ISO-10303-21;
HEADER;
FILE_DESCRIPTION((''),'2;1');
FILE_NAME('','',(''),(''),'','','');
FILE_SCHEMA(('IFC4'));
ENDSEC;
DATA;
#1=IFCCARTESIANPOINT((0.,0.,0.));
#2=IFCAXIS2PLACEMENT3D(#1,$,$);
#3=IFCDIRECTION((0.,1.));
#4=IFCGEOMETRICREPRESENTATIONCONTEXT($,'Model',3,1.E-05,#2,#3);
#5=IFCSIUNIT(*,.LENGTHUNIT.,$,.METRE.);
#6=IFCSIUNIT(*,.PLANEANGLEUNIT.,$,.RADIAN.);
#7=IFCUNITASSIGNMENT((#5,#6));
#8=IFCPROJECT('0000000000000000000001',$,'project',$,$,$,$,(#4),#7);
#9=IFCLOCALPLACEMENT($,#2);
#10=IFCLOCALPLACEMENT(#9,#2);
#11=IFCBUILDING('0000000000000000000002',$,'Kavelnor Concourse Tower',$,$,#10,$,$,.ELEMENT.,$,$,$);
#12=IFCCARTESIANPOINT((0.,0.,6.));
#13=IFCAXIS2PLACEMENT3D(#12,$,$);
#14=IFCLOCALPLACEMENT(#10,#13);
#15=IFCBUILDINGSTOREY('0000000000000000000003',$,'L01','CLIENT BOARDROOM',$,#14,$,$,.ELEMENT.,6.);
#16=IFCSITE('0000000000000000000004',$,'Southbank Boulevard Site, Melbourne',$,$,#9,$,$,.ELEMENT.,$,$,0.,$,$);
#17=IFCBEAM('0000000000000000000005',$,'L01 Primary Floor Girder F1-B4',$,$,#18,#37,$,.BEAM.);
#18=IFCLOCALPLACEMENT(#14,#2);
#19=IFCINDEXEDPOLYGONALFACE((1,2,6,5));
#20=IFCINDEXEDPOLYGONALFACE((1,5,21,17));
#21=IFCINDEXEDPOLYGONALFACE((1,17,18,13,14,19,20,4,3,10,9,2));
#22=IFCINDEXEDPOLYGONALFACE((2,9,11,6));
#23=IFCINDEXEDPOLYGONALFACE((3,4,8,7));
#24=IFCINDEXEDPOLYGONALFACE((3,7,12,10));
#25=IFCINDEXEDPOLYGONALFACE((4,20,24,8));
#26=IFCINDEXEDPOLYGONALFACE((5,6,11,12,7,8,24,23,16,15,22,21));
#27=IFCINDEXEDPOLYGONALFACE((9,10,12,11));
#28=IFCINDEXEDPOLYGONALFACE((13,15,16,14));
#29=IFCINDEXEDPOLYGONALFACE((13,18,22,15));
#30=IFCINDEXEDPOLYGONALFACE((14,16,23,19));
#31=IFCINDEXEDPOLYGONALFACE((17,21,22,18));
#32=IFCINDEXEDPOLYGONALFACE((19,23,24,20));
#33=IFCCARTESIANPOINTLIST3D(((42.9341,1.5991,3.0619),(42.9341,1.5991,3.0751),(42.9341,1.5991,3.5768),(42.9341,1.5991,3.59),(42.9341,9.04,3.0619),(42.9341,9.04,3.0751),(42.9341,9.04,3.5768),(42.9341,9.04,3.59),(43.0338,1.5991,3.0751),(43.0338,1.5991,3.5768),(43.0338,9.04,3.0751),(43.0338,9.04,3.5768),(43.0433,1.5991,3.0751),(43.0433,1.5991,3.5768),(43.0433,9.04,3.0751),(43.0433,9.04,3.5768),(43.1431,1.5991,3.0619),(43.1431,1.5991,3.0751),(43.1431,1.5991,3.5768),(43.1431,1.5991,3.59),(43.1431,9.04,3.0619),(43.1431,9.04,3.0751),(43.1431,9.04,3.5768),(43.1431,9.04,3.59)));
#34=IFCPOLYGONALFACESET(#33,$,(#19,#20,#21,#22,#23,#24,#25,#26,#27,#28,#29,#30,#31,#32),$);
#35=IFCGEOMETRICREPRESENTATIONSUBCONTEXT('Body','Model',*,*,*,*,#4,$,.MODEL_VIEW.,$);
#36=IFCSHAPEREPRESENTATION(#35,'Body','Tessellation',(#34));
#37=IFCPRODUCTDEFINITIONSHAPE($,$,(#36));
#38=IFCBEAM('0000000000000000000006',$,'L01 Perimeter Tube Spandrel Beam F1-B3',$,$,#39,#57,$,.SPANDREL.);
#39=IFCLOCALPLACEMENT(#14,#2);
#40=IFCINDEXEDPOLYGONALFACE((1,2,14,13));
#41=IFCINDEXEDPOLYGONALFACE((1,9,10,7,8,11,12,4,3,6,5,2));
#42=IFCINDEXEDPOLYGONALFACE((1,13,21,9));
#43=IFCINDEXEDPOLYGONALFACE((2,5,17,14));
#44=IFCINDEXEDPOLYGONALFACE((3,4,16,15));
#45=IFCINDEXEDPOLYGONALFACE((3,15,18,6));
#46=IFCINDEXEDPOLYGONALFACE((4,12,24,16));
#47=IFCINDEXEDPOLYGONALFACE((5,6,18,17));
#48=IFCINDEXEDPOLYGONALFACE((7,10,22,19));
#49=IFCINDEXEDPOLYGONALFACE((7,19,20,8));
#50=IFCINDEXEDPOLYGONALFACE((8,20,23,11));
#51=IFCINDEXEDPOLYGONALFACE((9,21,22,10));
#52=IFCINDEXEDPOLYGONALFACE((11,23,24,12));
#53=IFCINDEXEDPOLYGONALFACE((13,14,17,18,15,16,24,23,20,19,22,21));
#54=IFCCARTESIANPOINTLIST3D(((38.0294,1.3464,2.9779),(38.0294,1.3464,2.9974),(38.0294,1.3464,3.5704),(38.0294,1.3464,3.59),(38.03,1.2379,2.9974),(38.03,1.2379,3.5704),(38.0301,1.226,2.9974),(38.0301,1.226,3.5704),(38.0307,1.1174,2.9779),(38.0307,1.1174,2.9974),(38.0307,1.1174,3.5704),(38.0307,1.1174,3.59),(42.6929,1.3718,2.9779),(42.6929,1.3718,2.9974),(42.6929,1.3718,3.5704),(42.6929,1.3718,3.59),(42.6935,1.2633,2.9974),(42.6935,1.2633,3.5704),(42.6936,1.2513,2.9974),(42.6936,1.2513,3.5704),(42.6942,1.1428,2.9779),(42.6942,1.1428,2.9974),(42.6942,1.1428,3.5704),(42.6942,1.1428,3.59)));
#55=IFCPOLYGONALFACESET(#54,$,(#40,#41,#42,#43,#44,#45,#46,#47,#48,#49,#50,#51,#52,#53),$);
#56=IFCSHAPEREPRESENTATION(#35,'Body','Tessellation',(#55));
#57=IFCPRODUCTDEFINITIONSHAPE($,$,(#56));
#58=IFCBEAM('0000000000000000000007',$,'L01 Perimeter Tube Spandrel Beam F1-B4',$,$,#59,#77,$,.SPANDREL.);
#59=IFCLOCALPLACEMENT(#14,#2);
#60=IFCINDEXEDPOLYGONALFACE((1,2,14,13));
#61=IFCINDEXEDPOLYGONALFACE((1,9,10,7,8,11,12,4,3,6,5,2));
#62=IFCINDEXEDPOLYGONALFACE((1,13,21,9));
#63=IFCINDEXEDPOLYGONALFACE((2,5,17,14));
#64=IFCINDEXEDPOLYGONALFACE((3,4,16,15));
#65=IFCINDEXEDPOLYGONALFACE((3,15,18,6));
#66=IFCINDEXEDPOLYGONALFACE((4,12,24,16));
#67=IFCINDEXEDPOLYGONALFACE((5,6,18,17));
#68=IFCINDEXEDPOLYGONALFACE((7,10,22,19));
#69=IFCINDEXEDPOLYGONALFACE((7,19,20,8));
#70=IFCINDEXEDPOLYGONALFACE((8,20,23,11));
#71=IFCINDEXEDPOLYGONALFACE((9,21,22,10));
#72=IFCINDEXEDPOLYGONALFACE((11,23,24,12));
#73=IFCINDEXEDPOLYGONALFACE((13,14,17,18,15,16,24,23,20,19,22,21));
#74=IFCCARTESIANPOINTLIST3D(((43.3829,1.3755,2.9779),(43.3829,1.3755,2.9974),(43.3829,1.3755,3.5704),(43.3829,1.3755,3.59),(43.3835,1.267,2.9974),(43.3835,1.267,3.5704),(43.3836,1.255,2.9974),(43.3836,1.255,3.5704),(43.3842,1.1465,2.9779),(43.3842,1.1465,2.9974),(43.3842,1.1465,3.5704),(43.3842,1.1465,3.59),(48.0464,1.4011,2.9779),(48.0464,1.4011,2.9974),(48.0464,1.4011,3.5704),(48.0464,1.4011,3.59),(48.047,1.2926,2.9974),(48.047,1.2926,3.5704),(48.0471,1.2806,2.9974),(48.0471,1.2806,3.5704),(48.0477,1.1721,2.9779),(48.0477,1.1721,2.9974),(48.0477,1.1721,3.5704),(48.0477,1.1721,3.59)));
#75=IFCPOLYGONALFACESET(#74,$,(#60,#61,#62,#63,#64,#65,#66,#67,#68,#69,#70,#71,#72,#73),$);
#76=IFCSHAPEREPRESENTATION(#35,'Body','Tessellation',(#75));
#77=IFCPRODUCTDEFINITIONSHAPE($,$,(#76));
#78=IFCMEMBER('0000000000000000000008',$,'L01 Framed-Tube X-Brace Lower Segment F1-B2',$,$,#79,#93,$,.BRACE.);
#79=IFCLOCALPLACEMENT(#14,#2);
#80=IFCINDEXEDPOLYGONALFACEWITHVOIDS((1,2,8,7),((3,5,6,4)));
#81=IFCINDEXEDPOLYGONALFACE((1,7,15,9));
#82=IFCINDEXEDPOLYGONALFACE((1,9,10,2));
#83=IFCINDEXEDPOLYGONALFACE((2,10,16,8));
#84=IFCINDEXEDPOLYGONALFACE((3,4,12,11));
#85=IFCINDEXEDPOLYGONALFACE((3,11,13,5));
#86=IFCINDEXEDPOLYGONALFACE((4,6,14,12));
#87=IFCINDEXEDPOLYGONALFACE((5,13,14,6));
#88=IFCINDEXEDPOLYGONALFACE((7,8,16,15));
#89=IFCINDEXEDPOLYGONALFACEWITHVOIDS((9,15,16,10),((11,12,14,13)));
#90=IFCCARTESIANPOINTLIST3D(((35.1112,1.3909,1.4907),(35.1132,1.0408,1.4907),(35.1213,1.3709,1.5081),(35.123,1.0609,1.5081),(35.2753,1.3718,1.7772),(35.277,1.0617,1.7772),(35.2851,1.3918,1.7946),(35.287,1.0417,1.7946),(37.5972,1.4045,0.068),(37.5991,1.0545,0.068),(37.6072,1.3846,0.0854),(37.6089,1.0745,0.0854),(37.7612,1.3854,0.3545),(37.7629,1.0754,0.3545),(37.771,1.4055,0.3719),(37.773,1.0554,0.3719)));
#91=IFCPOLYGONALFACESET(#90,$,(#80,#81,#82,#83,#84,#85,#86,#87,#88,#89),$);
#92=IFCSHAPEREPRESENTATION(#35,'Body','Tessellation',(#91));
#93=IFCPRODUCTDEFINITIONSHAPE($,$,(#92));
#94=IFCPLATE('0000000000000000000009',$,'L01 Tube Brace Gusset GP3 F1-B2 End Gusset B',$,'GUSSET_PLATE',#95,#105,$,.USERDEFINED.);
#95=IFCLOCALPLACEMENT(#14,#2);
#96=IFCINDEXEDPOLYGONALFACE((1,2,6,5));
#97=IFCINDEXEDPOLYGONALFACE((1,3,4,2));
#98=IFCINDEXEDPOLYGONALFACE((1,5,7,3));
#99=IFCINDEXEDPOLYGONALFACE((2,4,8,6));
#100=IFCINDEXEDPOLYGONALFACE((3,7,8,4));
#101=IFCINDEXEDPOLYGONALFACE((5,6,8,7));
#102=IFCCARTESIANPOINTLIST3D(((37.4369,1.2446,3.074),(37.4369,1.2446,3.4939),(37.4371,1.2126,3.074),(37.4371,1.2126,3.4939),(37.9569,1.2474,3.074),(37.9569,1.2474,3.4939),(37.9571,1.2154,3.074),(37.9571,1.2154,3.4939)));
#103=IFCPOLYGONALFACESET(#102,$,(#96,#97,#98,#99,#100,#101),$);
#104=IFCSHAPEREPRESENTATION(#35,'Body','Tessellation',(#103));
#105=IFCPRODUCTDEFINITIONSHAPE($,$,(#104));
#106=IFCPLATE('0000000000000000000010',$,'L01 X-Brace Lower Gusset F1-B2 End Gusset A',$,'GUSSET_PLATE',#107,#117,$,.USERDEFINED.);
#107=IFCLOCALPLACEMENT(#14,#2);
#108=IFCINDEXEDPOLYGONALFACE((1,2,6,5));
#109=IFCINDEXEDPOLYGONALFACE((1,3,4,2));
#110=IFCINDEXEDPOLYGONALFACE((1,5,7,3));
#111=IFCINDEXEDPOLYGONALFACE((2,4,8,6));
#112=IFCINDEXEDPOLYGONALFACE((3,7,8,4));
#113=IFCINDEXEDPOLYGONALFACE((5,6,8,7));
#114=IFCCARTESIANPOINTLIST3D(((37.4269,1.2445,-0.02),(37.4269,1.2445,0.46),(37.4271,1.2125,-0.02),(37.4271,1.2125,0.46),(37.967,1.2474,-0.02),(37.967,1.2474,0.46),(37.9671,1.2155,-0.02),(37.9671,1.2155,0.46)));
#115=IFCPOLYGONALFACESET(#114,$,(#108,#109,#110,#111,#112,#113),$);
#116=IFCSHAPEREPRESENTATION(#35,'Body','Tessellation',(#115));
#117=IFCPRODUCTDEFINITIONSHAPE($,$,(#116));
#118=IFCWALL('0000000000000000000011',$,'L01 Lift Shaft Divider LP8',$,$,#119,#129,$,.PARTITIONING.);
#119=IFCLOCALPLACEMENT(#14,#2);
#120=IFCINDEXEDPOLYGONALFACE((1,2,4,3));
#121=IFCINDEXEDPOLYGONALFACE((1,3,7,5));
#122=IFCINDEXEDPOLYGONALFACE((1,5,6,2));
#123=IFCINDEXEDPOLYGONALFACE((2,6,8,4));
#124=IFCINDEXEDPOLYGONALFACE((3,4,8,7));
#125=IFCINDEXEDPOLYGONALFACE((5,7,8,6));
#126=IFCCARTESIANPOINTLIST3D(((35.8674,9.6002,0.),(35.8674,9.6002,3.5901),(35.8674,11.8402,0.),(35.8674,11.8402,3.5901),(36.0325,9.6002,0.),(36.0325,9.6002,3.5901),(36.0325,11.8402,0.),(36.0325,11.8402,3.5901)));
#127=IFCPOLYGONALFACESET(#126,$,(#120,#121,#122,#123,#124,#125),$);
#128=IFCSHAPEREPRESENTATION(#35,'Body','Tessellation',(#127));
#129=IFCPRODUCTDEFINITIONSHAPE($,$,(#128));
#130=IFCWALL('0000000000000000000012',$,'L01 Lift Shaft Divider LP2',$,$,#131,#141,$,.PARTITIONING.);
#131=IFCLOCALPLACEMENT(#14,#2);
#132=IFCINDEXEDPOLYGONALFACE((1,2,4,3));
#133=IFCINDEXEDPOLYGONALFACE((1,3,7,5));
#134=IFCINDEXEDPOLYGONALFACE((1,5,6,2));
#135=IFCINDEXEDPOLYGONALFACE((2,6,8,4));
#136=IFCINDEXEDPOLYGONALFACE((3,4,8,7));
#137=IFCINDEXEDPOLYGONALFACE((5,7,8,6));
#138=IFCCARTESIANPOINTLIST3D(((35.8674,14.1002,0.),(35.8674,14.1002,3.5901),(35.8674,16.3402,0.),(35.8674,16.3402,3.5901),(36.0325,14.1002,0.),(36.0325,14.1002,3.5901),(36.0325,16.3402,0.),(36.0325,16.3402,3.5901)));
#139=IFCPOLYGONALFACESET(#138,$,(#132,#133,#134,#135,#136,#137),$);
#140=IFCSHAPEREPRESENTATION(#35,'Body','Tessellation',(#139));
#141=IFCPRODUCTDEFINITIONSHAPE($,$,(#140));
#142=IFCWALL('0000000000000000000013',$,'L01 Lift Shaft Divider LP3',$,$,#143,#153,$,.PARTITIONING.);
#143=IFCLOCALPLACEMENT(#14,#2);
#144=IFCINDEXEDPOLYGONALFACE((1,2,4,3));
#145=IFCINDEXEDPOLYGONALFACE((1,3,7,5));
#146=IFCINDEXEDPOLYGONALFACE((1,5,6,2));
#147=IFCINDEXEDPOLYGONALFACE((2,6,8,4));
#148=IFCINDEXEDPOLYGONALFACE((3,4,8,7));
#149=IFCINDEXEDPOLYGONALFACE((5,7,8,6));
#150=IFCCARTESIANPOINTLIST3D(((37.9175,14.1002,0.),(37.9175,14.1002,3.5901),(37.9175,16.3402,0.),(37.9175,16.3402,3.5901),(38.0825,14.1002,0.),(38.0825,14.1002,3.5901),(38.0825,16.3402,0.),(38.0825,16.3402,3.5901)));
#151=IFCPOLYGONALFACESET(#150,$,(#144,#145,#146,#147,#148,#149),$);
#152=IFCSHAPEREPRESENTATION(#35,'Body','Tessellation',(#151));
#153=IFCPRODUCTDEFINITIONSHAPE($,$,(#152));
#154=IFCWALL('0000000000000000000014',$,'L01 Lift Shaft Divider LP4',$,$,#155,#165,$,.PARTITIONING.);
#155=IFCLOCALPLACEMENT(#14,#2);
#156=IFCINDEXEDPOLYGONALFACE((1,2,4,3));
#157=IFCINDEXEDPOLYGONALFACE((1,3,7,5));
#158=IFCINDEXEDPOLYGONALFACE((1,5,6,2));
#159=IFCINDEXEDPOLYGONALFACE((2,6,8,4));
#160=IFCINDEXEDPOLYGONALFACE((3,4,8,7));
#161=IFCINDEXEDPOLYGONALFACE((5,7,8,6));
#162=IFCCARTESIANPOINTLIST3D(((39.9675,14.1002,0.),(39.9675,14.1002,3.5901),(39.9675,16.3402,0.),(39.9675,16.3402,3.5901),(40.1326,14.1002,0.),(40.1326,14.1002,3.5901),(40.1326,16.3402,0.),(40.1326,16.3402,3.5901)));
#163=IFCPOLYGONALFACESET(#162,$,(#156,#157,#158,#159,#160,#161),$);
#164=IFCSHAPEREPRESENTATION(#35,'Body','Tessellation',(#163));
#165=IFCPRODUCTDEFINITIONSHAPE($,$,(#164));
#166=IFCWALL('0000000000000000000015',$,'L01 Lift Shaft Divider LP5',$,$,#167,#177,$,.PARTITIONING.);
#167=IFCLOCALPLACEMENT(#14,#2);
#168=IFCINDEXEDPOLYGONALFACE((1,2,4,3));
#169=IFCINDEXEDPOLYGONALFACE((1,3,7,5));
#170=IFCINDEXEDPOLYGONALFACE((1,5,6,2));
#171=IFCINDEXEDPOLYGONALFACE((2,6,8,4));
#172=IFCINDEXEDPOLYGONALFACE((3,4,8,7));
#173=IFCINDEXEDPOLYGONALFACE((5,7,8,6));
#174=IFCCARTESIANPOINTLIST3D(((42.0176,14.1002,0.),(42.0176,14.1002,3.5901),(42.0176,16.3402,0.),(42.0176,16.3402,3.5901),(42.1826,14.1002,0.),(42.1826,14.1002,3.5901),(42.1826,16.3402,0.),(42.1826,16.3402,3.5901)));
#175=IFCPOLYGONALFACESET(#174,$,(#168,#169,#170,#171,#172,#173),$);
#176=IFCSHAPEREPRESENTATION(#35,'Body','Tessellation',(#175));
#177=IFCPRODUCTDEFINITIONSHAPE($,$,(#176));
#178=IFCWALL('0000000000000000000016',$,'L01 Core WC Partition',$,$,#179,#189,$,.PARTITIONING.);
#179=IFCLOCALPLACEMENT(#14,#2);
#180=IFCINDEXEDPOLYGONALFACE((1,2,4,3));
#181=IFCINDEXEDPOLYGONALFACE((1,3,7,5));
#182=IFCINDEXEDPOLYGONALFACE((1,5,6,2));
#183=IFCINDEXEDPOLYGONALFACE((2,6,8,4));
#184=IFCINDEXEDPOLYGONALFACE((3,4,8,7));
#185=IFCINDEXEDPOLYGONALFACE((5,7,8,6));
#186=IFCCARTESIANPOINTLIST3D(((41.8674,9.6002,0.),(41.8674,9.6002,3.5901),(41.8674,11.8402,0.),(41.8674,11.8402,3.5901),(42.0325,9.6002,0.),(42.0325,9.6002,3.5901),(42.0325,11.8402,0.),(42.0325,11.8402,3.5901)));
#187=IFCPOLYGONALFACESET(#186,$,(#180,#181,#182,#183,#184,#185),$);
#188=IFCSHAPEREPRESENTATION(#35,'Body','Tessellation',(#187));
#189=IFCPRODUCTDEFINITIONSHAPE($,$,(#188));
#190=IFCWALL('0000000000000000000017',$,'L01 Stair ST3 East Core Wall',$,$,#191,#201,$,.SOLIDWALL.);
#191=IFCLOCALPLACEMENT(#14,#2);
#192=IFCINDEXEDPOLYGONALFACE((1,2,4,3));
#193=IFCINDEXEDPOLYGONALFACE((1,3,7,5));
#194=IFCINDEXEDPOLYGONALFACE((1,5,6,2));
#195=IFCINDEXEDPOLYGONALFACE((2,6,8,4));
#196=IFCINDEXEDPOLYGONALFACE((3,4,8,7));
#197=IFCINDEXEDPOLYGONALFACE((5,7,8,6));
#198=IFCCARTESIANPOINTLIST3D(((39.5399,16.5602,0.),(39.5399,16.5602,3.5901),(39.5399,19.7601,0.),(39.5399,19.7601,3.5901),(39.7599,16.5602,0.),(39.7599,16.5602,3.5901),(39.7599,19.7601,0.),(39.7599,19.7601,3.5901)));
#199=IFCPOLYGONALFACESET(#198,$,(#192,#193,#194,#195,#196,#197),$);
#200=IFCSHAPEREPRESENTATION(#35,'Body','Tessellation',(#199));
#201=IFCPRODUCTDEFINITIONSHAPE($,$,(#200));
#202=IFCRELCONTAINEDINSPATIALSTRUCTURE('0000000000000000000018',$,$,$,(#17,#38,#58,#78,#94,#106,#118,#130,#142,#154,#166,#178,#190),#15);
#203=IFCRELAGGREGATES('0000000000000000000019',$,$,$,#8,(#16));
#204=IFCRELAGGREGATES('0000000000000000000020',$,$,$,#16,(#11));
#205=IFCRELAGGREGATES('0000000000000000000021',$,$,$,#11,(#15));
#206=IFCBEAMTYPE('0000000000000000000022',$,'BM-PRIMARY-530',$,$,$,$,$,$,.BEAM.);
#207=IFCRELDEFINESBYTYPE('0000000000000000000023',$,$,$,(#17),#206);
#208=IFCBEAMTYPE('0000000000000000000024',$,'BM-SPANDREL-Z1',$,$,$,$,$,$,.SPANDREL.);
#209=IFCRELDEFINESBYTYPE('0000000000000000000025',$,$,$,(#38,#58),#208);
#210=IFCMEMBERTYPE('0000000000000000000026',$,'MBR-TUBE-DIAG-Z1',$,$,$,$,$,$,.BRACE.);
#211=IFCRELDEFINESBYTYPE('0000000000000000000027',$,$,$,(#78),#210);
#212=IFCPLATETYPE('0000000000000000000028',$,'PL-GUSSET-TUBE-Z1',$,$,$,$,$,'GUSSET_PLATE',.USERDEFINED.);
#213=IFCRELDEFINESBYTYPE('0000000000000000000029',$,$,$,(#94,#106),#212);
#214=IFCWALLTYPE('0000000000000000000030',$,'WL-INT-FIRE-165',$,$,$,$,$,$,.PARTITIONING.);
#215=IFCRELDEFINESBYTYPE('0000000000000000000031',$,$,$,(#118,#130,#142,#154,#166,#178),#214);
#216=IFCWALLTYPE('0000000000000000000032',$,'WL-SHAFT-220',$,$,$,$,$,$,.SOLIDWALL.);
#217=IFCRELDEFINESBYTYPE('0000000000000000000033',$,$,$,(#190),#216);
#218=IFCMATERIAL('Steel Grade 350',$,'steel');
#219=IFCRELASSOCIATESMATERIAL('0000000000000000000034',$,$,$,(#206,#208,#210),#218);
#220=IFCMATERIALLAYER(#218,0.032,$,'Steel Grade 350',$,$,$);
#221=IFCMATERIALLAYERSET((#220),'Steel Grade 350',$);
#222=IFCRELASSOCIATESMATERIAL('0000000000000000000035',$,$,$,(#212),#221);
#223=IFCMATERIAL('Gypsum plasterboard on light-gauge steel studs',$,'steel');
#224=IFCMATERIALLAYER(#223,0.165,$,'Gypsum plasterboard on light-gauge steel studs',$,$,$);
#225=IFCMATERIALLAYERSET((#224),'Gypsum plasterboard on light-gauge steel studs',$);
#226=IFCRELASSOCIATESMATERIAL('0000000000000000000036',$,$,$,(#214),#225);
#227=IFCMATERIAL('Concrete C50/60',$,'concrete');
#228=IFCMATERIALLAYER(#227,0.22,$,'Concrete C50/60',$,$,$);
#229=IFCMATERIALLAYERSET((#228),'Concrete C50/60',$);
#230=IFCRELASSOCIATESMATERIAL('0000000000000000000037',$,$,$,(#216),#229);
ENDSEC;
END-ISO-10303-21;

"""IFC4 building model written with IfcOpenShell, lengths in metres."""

from ifc_helpers import new_model, si_unit, direction, frame, frame_2d, origin, origin_2d, place, context, subcontext, project, spatial, rectangle, hollow_rectangle, i_section, extrude, material, layer, layer_set, material_profile, profile_set, type_object, element, save


model = new_model("IFC4")

# Units and contexts
model_context = context("Model", 3, precision=1e-05, world=origin(), true_north=direction((0.0, 1.0)))
body_context = subcontext(model_context, "Body", "Model", "MODEL_VIEW")
ifc_project = project(units=[si_unit("LENGTHUNIT", "METRE"), si_unit("PLANEANGLEUNIT", "RADIAN")], contexts=[model_context])

# Site, building, storey
site_placement = place(None, origin())
site = spatial("IfcSite", under=ifc_project, at=site_placement, Name="Southbank Boulevard Site, Melbourne", CompositionType="ELEMENT", RefElevation=0.0)
building_placement = place(site_placement, origin())
building = spatial("IfcBuilding", under=site, at=building_placement, Name="Kavelnor Concourse Tower", CompositionType="ELEMENT")
storey_placement = place(building_placement, frame((0.0, 0.0, 6.0)))
storey = spatial("IfcBuildingStorey", under=building, at=storey_placement, Name="L01", Description="CLIENT BOARDROOM", CompositionType="ELEMENT", Elevation=6.0)

# Shared definitions
ifc_material_1 = material(Name="Steel Grade 350", Category="steel")

# Beams
ifc_material_profile_1 = material_profile(ifc_material_1, i_section(OverallWidth=0.209, OverallDepth=0.5281, WebThickness=0.0095, FlangeThickness=0.0132, at=origin_2d()), Name="530UB82")
ifc_profile_set_1 = profile_set([ifc_material_profile_1], Name="Steel Grade 350")
beam_type_1 = type_object("IfcBeamType", Name="BM-PRIMARY-530", PredefinedType="BEAM", material=ifc_profile_set_1)
beam_1_placement = place(storey_placement, frame((43.0386, 9.04, 3.3259), z_axis=(0.0, -1.0, 0.0), x_axis=(1.0, 0.0, 0.0)))
element("IfcBeam", 1, at=beam_1_placement, inside=storey, type_object=beam_type_1, Name="L01 Primary Floor Girder F1-B4", PredefinedType="BEAM", context=body_context, shape_type="SweptSolid", body=[
    extrude(i_section(OverallWidth=0.209, OverallDepth=0.5281, WebThickness=0.0095, FlangeThickness=0.0132, at=origin_2d()), origin(), (0.0, 0.0, 1.0), 7.4409),
])
ifc_material_profile_2 = material_profile(ifc_material_1, i_section(OverallWidth=0.229, OverallDepth=0.6121, WebThickness=0.012, FlangeThickness=0.0195, at=origin_2d()), Name="610UB125")
ifc_profile_set_2 = profile_set([ifc_material_profile_2], Name="Steel Grade 350")
beam_type_2 = type_object("IfcBeamType", Name="BM-SPANDREL-Z1", PredefinedType="SPANDREL", material=ifc_profile_set_2)
for number, where, z_axis, x_axis, name in (
    (2, (38.03, 1.2319, 3.2839), (0.999985, 0.005444, 0.0), (-0.005444, 0.999985, 0.0), "L01 Perimeter Tube Spandrel Beam F1-B3"),
    (3, (43.3835, 1.261, 3.2839), (0.999985, 0.005497, 0.0), (-0.005497, 0.999985, 0.0), "L01 Perimeter Tube Spandrel Beam F1-B4"),
):
    element("IfcBeam", number, at=place(storey_placement, frame(where, z_axis=z_axis, x_axis=x_axis)), inside=storey, type_object=beam_type_2, Name=name, PredefinedType="SPANDREL", context=body_context, shape_type="SweptSolid", body=[
        extrude(i_section(OverallWidth=0.229, OverallDepth=0.6121, WebThickness=0.012, FlangeThickness=0.0195, at=origin_2d()), origin(), (0.0, 0.0, 1.0), 4.6636),
    ])

# Member
ifc_material_profile_3 = material_profile(ifc_material_1, hollow_rectangle(XDim=0.3501, YDim=0.3501, WallThickness=0.02, at=origin_2d()), Name="SHS 350x350x20")
ifc_profile_set_3 = profile_set([ifc_material_profile_3], Name="Steel Grade 350")
member_type = type_object("IfcMemberType", Name="MBR-TUBE-DIAG-Z1", PredefinedType="BRACE", material=ifc_profile_set_3)
member_placement = place(storey_placement, frame((37.6851, 1.23, 0.22), z_axis=(-0.867913, -0.004773, 0.496693), x_axis=(0.0055, -0.999985, 0.0)))
element("IfcMember", 4, at=member_placement, inside=storey, type_object=member_type, Name="L01 Framed-Tube X-Brace Lower Segment F1-B2", PredefinedType="BRACE", context=body_context, shape_type="SweptSolid", body=[
    extrude(hollow_rectangle(XDim=0.3501, YDim=0.3501, WallThickness=0.02, at=origin_2d()), origin(), (0.0, 0.0, 1.0), 2.8643),
])

# Plates
ifc_layer_1 = layer(ifc_material_1, 0.032, Name="Steel Grade 350")
ifc_layer_set_1 = layer_set([ifc_layer_1], Name="Steel Grade 350")
plate_type = type_object("IfcPlateType", Name="PL-GUSSET-TUBE-Z1", ElementType="GUSSET_PLATE", PredefinedType="USERDEFINED", material=ifc_layer_set_1)
plate_1_placement = place(storey_placement, frame((37.697, 1.23, 3.074), z_axis=(0.0, 0.0, 1.0), x_axis=(0.999985, 0.00541, 0.0)))
element("IfcPlate", 5, at=plate_1_placement, inside=storey, type_object=plate_type, Name="L01 Tube Brace Gusset GP3 F1-B2 End Gusset B", ObjectType="GUSSET_PLATE", PredefinedType="USERDEFINED", context=body_context, shape_type="SweptSolid", body=[
    extrude(rectangle(XDim=0.52, YDim=0.032, at=origin_2d()), origin(), (0.0, 0.0, 1.0), 0.4199),
])
plate_2_placement = place(storey_placement, frame((37.697, 1.23, -0.02), z_axis=(0.0, 0.0, 1.0), x_axis=(-0.999985, -0.00541, 0.0)))
element("IfcPlate", 6, at=plate_2_placement, inside=storey, type_object=plate_type, Name="L01 X-Brace Lower Gusset F1-B2 End Gusset A", ObjectType="GUSSET_PLATE", PredefinedType="USERDEFINED", context=body_context, shape_type="SweptSolid", body=[
    extrude(rectangle(XDim=0.54, YDim=0.032, at=origin_2d()), origin(), (0.0, 0.0, 1.0), 0.48),
])

# Walls
ifc_material_2 = material(Name="Gypsum plasterboard on light-gauge steel studs", Category="steel")
ifc_layer_2 = layer(ifc_material_2, 0.165, Name="Gypsum plasterboard on light-gauge steel studs")
ifc_layer_set_2 = layer_set([ifc_layer_2], Name="Gypsum plasterboard on light-gauge steel studs")
wall_type_1 = type_object("IfcWallType", Name="WL-INT-FIRE-165", PredefinedType="PARTITIONING", material=ifc_layer_set_2)
for number, where, z_axis, x_axis, name in (
    (7, (35.95, 9.6001, 0.0), (0.0, 0.0, 1.0), (0.0, 1.0, 0.0), "L01 Lift Shaft Divider LP8"),
    (8, (35.95, 14.1001, 0.0), (0.0, 0.0, 1.0), (0.0, 1.0, 0.0), "L01 Lift Shaft Divider LP2"),
    (9, (38.0, 14.1001, 0.0), (0.0, 0.0, 1.0), (0.0, 1.0, 0.0), "L01 Lift Shaft Divider LP3"),
    (10, (40.05, 14.1001, 0.0), (0.0, 0.0, 1.0), (0.0, 1.0, 0.0), "L01 Lift Shaft Divider LP4"),
    (11, (42.1001, 14.1001, 0.0), (0.0, 0.0, 1.0), (0.0, 1.0, 0.0), "L01 Lift Shaft Divider LP5"),
    (12, (41.95, 9.6001, 0.0), (0.0, 0.0, 1.0), (0.0, 1.0, 0.0), "L01 Core WC Partition"),
):
    element("IfcWall", number, at=place(storey_placement, frame(where, z_axis=z_axis, x_axis=x_axis)), inside=storey, type_object=wall_type_1, Name=name, PredefinedType="PARTITIONING", context=body_context, shape_type="SweptSolid", body=[
        extrude(rectangle(XDim=2.24, YDim=0.165, at=frame_2d((1.1201, 0.0))), origin(), (0.0, 0.0, 1.0), 3.5901),
    ])
ifc_material_3 = material(Name="Concrete C50/60", Category="concrete")
ifc_layer_3 = layer(ifc_material_3, 0.22, Name="Concrete C50/60")
ifc_layer_set_3 = layer_set([ifc_layer_3], Name="Concrete C50/60")
wall_type_2 = type_object("IfcWallType", Name="WL-SHAFT-220", PredefinedType="SOLIDWALL", material=ifc_layer_set_3)
wall_1_placement = place(storey_placement, frame((39.6499, 16.5601, 0.0), z_axis=(0.0, 0.0, 1.0), x_axis=(0.0, 1.0, 0.0)))
element("IfcWall", 13, at=wall_1_placement, inside=storey, type_object=wall_type_2, Name="L01 Stair ST3 East Core Wall", PredefinedType="SOLIDWALL", context=body_context, shape_type="SweptSolid", body=[
    extrude(rectangle(XDim=3.2, YDim=0.22, at=frame_2d((1.6001, 0.0))), origin(), (0.0, 0.0, 1.0), 3.5901),
])

save(model, "model.ifc")
